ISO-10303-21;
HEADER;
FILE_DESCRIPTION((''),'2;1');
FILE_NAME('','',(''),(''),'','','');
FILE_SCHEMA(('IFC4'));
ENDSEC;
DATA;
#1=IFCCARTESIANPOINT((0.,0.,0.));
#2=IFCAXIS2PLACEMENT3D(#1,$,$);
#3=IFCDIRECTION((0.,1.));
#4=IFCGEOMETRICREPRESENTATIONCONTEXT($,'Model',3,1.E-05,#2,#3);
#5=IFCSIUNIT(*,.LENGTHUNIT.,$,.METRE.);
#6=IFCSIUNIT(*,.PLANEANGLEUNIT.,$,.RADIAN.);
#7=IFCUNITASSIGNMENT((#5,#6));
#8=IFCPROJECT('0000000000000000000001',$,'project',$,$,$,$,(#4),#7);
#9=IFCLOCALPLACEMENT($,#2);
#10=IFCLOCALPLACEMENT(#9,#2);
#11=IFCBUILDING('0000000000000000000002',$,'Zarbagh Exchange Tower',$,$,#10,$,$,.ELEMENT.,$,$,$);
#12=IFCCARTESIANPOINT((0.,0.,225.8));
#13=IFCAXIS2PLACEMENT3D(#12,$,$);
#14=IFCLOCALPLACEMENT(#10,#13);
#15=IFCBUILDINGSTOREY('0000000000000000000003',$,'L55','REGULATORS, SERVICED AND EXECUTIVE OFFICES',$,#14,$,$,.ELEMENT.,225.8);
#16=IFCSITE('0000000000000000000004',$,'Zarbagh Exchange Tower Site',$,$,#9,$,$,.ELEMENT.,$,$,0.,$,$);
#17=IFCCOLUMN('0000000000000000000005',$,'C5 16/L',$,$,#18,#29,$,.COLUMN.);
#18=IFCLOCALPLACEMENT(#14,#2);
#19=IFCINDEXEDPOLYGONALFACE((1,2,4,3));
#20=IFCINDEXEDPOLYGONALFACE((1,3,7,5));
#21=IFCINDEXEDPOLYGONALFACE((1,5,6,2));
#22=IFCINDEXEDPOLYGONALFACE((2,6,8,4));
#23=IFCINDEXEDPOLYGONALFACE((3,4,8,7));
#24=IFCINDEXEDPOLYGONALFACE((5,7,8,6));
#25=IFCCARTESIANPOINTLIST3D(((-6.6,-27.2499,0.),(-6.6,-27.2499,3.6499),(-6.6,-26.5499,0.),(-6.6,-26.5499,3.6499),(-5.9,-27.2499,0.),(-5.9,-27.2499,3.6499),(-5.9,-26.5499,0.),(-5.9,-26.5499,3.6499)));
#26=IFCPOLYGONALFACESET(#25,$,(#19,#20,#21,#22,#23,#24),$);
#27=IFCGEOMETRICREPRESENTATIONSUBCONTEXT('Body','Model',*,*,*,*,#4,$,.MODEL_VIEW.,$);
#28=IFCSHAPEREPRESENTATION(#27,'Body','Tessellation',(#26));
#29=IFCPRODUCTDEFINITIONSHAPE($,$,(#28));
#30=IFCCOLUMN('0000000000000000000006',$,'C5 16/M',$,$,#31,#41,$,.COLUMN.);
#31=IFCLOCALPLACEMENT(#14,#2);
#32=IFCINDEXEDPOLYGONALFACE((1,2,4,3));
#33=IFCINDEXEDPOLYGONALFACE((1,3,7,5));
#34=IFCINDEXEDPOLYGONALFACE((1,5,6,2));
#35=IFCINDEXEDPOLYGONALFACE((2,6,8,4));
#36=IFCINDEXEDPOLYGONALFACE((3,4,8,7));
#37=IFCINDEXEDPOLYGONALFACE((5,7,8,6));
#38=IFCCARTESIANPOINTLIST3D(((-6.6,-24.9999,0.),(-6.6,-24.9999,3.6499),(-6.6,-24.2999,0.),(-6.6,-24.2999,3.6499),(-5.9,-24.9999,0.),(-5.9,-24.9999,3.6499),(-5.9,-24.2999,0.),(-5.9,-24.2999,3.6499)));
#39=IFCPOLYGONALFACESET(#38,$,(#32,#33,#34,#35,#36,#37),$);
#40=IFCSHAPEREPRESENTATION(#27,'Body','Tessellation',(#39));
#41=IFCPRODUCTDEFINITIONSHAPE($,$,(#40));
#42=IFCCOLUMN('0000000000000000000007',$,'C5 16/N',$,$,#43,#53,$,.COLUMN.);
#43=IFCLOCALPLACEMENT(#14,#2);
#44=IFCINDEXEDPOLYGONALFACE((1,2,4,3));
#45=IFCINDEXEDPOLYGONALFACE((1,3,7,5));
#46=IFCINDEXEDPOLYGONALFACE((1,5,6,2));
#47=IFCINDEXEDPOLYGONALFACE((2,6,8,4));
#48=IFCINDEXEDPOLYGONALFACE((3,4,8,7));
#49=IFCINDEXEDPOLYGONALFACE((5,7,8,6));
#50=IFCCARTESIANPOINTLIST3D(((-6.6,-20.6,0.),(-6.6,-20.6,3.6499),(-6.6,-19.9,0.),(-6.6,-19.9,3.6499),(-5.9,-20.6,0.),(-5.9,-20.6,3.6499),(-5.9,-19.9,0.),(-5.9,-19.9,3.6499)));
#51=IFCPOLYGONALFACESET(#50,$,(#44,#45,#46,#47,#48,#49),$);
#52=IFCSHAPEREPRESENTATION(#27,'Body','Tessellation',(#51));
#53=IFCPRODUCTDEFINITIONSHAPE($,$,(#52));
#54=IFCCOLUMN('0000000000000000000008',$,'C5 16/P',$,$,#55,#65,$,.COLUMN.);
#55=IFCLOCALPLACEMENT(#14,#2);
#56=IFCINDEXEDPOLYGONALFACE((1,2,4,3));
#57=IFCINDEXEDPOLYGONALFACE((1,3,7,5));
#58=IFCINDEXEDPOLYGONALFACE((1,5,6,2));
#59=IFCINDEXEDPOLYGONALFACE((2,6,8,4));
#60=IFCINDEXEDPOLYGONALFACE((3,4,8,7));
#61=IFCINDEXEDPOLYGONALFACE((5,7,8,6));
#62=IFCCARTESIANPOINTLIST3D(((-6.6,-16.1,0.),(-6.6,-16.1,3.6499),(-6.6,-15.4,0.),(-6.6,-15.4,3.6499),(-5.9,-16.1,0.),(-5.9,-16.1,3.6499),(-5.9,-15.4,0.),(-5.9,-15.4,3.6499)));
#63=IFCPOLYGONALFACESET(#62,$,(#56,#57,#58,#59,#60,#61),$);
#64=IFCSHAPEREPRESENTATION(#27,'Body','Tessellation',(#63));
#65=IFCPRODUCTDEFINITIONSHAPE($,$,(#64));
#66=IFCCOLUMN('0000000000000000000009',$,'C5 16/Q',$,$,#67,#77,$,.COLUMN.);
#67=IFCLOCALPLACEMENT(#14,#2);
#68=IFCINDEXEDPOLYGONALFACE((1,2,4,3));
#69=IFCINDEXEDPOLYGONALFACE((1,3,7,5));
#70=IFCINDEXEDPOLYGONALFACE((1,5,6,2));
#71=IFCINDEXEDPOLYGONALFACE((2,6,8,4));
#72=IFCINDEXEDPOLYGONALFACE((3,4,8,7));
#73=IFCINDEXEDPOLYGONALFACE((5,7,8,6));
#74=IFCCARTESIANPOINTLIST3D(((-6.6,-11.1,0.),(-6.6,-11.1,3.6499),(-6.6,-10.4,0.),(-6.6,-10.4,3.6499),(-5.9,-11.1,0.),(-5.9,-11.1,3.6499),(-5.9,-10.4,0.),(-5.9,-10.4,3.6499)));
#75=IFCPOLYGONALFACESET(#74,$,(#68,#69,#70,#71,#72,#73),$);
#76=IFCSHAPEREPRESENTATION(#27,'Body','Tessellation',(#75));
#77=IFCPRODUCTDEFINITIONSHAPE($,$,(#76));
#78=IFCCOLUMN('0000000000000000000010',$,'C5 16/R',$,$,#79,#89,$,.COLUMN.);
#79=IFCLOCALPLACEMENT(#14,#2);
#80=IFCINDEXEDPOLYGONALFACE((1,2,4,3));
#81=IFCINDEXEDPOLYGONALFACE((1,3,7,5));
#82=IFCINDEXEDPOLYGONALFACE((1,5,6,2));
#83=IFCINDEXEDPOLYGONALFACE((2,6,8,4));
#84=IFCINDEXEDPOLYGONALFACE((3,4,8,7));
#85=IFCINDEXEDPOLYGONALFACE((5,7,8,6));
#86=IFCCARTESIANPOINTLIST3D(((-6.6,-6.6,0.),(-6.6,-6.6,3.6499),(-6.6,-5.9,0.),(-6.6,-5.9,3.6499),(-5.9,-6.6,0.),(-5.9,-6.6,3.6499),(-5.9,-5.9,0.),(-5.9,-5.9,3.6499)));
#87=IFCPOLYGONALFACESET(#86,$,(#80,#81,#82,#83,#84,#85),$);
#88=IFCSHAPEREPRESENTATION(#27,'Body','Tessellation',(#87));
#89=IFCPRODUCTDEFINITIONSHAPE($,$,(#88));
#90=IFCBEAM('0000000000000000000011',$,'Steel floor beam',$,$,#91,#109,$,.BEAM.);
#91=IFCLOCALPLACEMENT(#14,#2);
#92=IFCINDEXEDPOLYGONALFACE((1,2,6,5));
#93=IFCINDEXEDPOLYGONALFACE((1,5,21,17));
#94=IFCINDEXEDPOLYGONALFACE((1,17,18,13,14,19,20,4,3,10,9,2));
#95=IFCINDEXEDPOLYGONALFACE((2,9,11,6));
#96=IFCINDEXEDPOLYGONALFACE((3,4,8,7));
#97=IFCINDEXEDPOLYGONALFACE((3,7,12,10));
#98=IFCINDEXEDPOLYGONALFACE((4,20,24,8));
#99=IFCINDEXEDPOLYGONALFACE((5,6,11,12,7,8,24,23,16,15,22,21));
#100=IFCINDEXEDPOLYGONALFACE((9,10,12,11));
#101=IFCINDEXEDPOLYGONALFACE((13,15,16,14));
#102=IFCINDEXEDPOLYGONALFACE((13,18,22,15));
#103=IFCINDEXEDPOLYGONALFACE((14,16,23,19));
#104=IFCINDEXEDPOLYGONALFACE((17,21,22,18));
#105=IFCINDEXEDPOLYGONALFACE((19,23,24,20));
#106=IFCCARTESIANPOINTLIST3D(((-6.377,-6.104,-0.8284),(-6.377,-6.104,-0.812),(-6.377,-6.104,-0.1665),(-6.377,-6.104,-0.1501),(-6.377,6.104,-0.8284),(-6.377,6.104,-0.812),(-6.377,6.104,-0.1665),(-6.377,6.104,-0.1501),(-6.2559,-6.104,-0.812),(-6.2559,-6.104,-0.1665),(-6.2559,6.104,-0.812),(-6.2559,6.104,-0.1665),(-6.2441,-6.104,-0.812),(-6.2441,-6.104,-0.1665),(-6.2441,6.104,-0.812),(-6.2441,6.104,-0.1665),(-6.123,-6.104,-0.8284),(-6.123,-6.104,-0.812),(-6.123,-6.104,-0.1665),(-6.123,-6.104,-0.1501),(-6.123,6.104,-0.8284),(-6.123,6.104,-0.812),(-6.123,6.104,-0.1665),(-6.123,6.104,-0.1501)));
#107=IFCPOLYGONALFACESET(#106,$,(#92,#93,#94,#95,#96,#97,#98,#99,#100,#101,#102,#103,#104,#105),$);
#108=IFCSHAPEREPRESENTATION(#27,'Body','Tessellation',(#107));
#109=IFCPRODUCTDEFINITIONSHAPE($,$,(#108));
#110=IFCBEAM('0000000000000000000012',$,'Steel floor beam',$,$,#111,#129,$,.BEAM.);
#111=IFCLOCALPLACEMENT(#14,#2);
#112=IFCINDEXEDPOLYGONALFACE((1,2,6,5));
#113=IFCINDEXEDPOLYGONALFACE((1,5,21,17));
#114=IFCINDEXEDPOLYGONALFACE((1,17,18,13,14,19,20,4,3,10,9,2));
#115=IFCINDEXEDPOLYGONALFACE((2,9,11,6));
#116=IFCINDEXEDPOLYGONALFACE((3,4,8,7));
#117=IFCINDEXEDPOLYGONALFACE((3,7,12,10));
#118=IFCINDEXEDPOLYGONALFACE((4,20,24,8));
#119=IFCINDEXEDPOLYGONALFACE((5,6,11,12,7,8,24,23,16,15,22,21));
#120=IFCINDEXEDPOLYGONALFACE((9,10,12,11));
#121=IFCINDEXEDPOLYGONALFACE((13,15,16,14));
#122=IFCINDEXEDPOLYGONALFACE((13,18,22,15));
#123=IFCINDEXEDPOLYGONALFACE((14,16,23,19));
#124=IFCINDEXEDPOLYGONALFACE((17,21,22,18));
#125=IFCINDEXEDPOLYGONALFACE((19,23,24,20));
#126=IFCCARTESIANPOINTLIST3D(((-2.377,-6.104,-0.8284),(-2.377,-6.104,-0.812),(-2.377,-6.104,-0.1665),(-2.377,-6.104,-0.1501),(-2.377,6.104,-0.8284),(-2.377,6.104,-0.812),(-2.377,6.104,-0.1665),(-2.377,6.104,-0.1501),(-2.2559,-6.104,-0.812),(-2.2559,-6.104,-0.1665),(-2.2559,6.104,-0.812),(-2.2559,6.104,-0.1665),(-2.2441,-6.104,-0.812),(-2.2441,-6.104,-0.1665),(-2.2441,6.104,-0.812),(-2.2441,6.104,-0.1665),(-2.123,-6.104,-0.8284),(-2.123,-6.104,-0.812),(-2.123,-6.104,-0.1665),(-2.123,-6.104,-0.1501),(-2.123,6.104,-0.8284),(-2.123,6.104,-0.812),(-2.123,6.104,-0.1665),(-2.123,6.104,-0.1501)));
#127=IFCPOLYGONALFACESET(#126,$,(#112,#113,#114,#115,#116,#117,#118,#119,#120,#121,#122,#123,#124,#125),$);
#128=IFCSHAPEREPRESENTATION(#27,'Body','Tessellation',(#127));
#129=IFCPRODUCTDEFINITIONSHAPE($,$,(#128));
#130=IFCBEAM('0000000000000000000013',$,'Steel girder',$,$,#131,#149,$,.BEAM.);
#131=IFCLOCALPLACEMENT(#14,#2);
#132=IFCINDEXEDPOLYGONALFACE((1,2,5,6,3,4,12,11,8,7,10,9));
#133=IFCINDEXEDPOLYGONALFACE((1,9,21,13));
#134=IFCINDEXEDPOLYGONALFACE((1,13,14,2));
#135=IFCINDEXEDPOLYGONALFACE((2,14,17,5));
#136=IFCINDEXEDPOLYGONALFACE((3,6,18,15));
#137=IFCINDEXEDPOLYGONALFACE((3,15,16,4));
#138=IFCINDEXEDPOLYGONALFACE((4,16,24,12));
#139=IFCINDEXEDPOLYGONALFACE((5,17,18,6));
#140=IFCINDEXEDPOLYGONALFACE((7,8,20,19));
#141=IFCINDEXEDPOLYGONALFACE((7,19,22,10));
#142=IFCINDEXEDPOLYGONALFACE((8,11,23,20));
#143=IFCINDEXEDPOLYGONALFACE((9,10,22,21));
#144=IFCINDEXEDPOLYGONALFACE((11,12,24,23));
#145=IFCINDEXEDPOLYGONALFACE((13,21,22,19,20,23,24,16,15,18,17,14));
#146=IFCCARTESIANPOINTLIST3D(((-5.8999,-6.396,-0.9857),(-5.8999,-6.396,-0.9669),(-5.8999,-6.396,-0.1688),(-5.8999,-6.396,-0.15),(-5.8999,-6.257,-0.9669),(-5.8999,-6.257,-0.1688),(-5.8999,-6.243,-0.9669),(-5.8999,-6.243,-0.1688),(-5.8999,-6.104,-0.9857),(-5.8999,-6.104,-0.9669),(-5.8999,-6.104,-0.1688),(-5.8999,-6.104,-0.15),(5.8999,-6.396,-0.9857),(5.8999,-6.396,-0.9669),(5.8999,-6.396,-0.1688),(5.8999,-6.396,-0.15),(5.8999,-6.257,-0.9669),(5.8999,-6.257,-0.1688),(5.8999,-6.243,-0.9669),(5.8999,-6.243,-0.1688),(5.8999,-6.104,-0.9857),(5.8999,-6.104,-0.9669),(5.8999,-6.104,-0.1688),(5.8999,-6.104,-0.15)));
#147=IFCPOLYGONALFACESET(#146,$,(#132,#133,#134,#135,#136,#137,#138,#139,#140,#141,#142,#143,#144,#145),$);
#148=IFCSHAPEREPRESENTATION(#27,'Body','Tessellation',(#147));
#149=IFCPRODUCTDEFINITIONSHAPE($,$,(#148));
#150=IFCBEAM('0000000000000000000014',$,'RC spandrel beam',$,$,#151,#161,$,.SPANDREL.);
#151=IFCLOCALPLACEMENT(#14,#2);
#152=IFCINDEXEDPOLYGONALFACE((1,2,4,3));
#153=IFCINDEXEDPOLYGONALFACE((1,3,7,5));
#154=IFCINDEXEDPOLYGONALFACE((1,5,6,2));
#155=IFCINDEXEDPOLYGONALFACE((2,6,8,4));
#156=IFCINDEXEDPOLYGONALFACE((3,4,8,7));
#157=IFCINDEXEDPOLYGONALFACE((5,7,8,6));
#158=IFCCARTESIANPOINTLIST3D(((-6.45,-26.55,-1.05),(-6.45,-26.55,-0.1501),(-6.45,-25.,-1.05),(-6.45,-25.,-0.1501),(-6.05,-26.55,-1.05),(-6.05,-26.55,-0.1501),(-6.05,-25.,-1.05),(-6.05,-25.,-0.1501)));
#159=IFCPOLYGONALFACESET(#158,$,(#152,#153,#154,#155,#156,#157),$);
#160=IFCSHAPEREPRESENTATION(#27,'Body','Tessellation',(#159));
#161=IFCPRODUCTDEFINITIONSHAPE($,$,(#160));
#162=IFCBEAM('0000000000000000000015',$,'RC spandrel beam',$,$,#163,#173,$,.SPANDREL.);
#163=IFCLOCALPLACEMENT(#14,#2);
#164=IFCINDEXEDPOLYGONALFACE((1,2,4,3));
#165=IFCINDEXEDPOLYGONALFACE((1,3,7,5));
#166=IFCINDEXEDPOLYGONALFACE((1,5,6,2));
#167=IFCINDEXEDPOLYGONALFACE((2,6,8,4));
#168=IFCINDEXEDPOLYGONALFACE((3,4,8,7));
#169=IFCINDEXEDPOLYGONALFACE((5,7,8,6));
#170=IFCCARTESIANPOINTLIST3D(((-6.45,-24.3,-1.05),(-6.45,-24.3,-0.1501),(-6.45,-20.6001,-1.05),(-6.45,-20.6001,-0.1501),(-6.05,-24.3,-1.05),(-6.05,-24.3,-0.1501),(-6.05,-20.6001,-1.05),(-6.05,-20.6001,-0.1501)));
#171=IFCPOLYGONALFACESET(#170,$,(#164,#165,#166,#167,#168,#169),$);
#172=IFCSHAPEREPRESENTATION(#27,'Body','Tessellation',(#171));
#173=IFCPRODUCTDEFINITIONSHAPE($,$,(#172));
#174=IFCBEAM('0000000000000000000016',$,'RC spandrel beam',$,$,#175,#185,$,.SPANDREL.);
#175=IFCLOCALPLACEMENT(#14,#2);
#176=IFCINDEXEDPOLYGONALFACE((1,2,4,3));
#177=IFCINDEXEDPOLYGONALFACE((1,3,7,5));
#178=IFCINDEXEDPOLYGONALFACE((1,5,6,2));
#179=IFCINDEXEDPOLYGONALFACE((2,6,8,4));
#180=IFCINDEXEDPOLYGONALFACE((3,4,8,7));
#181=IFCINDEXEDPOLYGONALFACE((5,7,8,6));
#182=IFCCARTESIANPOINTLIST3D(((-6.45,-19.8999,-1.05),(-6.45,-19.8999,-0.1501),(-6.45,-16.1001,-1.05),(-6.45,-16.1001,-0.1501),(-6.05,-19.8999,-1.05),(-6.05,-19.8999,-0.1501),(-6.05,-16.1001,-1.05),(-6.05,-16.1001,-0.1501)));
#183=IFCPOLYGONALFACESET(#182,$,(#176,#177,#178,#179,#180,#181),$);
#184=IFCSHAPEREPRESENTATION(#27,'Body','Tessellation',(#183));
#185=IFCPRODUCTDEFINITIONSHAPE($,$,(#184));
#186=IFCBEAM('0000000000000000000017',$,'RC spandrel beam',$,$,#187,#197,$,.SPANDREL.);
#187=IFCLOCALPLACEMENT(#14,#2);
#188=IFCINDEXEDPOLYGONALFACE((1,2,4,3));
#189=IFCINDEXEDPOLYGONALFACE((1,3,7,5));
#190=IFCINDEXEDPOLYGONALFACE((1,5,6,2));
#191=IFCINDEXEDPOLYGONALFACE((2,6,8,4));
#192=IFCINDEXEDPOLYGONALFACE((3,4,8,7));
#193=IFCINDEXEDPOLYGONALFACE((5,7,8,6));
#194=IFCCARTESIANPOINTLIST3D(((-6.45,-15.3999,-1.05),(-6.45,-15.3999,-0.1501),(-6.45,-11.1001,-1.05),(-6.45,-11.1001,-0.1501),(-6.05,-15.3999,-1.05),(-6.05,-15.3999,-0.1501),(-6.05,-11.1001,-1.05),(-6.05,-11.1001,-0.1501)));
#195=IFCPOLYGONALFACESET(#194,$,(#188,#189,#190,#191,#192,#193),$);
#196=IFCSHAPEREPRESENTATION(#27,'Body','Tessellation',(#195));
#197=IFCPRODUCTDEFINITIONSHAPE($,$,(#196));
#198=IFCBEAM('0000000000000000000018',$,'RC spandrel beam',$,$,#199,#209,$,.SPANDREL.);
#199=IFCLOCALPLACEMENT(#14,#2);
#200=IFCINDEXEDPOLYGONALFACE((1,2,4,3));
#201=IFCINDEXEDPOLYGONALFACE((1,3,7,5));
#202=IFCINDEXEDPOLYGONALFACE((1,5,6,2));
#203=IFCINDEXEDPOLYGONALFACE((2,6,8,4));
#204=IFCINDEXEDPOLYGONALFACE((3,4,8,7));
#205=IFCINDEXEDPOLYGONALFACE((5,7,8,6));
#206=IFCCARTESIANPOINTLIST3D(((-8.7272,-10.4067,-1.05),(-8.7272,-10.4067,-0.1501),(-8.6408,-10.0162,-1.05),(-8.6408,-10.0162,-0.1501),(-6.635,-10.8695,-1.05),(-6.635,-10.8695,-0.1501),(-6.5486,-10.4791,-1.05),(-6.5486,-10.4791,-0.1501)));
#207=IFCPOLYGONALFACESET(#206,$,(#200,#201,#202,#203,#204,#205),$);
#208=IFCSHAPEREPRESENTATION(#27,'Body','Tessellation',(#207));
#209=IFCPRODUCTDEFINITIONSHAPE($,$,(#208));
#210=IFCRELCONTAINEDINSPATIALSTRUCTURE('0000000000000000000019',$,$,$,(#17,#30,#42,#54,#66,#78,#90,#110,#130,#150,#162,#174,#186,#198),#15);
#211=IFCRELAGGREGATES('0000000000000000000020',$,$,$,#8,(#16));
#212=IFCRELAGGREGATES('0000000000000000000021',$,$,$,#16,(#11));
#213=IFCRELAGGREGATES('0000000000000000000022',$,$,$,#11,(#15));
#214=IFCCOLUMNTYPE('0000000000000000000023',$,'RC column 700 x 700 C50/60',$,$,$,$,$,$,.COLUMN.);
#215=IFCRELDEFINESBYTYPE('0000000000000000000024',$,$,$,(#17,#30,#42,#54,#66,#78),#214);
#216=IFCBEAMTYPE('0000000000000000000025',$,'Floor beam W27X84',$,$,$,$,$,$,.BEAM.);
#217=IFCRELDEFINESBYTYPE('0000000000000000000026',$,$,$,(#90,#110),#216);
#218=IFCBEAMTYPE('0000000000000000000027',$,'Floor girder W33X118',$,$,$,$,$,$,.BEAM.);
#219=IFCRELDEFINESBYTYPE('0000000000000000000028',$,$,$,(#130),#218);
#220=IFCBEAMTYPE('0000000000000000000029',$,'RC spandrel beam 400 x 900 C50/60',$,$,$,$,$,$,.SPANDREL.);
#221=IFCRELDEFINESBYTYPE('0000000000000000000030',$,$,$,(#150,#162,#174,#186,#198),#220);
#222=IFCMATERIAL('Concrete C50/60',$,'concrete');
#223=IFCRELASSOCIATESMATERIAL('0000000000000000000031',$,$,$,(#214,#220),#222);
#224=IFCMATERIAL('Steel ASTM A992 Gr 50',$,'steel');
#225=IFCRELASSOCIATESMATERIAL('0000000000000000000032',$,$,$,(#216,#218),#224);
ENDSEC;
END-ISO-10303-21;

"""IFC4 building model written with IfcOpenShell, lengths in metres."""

from ifc_helpers import new_model, si_unit, direction, frame, origin, origin_2d, place, context, subcontext, project, spatial, rectangle, i_section, extrude, material, material_profile, profile_set, type_object, element, save


model = new_model("IFC4")

# Units and contexts
model_context = context("Model", 3, precision=1e-05, world=origin(), true_north=direction((0.0, 1.0)))
body_context = subcontext(model_context, "Body", "Model", "MODEL_VIEW")
ifc_project = project(units=[si_unit("LENGTHUNIT", "METRE"), si_unit("PLANEANGLEUNIT", "RADIAN")], contexts=[model_context])

# Site, building, storey
site_placement = place(None, origin())
site = spatial("IfcSite", under=ifc_project, at=site_placement, Name="Zarbagh Exchange Tower Site", CompositionType="ELEMENT", RefElevation=0.0)
building_placement = place(site_placement, origin())
building = spatial("IfcBuilding", under=site, at=building_placement, Name="Zarbagh Exchange Tower", CompositionType="ELEMENT")
storey_placement = place(building_placement, frame((0.0, 0.0, 225.8)))
storey = spatial("IfcBuildingStorey", under=building, at=storey_placement, Name="L55", Description="REGULATORS, SERVICED AND EXECUTIVE OFFICES", CompositionType="ELEMENT", Elevation=225.8)

# Columns
ifc_material_1 = material(Name="Concrete C50/60", Category="concrete")
ifc_material_profile_1 = material_profile(ifc_material_1, rectangle(XDim=0.7, YDim=0.7, at=origin_2d()), Name="RC column 700 x 700 C50/60")
ifc_profile_set_1 = profile_set([ifc_material_profile_1], Name="Concrete C50/60")
column_type = type_object("IfcColumnType", Name="RC column 700 x 700 C50/60", PredefinedType="COLUMN", material=ifc_profile_set_1)
for number, where, z_axis, x_axis, name in (
    (1, (-6.25, -26.8999, 0.0), (0.0, 0.0, 1.0), (1.0, 0.0, 0.0), "C5 16/L"),
    (2, (-6.25, -24.6499, 0.0), (0.0, 0.0, 1.0), (1.0, 0.0, 0.0), "C5 16/M"),
    (3, (-6.25, -20.25, 0.0), (0.0, 0.0, 1.0), (1.0, 0.0, 0.0), "C5 16/N"),
    (4, (-6.25, -15.75, 0.0), (0.0, 0.0, 1.0), (1.0, 0.0, 0.0), "C5 16/P"),
    (5, (-6.25, -10.75, 0.0), (0.0, 0.0, 1.0), (1.0, 0.0, 0.0), "C5 16/Q"),
    (6, (-6.25, -6.25, 0.0), (0.0, 0.0, 1.0), (1.0, 0.0, 0.0), "C5 16/R"),
):
    element("IfcColumn", number, at=place(storey_placement, frame(where, z_axis=z_axis, x_axis=x_axis)), inside=storey, type_object=column_type, Name=name, PredefinedType="COLUMN", context=body_context, shape_type="SweptSolid", body=[
        extrude(rectangle(XDim=0.7, YDim=0.7, at=origin_2d()), origin(), (0.0, 0.0, 1.0), 3.6499),
    ])

# Beams
ifc_material_2 = material(Name="Steel ASTM A992 Gr 50", Category="steel")
ifc_material_profile_2 = material_profile(ifc_material_2, i_section(OverallWidth=0.2539, OverallDepth=0.6782, WebThickness=0.0117, FlangeThickness=0.0164, at=origin_2d()), Name="W27X84")
ifc_profile_set_2 = profile_set([ifc_material_profile_2], Name="Steel ASTM A992 Gr 50")
beam_type_1 = type_object("IfcBeamType", Name="Floor beam W27X84", PredefinedType="BEAM", material=ifc_profile_set_2)
for number, where, z_axis, x_axis, name in (
    (7, (-6.25, -6.104, -0.4893), (0.0, 1.0, 0.0), (-1.0, 0.0, 0.0), "Steel floor beam"),
    (8, (-2.25, -6.104, -0.4893), (0.0, 1.0, 0.0), (-1.0, 0.0, 0.0), "Steel floor beam"),
):
    element("IfcBeam", number, at=place(storey_placement, frame(where, z_axis=z_axis, x_axis=x_axis)), inside=storey, type_object=beam_type_1, Name=name, PredefinedType="BEAM", context=body_context, shape_type="SweptSolid", body=[
        extrude(i_section(OverallWidth=0.2539, OverallDepth=0.6782, WebThickness=0.0117, FlangeThickness=0.0164, at=origin_2d()), origin(), (0.0, 0.0, 1.0), 12.208),
    ])
ifc_material_profile_3 = material_profile(ifc_material_2, i_section(OverallWidth=0.292, OverallDepth=0.8357, WebThickness=0.0139, FlangeThickness=0.0188, at=origin_2d()), Name="W33X118")
ifc_profile_set_3 = profile_set([ifc_material_profile_3], Name="Steel ASTM A992 Gr 50")
beam_type_2 = type_object("IfcBeamType", Name="Floor girder W33X118", PredefinedType="BEAM", material=ifc_profile_set_3)
beam_1_placement = place(storey_placement, frame((-5.8999, -6.25, -0.5679), z_axis=(1.0, 0.0, 0.0), x_axis=(0.0, 1.0, 0.0)))
element("IfcBeam", 9, at=beam_1_placement, inside=storey, type_object=beam_type_2, Name="Steel girder", PredefinedType="BEAM", context=body_context, shape_type="SweptSolid", body=[
    extrude(i_section(OverallWidth=0.292, OverallDepth=0.8357, WebThickness=0.0139, FlangeThickness=0.0188, at=origin_2d()), origin(), (0.0, 0.0, 1.0), 11.7998),
])
ifc_material_profile_4 = material_profile(ifc_material_1, rectangle(XDim=0.3999, YDim=0.8999, at=origin_2d()), Name="RC spandrel beam 400 x 900 C50/60")
ifc_profile_set_4 = profile_set([ifc_material_profile_4], Name="Concrete C50/60")
beam_type_3 = type_object("IfcBeamType", Name="RC spandrel beam 400 x 900 C50/60", PredefinedType="SPANDREL", material=ifc_profile_set_4)
beam_2_placement = place(storey_placement, frame((-6.25, -26.55, -0.6001), z_axis=(0.0, 1.0, 0.0), x_axis=(-1.0, 0.0, 0.0)))
element("IfcBeam", 10, at=beam_2_placement, inside=storey, type_object=beam_type_3, Name="RC spandrel beam", PredefinedType="SPANDREL", context=body_context, shape_type="SweptSolid", body=[
    extrude(rectangle(XDim=0.3999, YDim=0.8999, at=origin_2d()), origin(), (0.0, 0.0, 1.0), 1.55),
])
beam_3_placement = place(storey_placement, frame((-6.25, -24.3, -0.6001), z_axis=(0.0, 1.0, 0.0), x_axis=(-1.0, 0.0, 0.0)))
element("IfcBeam", 11, at=beam_3_placement, inside=storey, type_object=beam_type_3, Name="RC spandrel beam", PredefinedType="SPANDREL", context=body_context, shape_type="SweptSolid", body=[
    extrude(rectangle(XDim=0.3999, YDim=0.8999, at=origin_2d()), origin(), (0.0, 0.0, 1.0), 3.7),
])
beam_4_placement = place(storey_placement, frame((-6.25, -19.8999, -0.6001), z_axis=(0.0, 1.0, 0.0), x_axis=(-1.0, 0.0, 0.0)))
element("IfcBeam", 12, at=beam_4_placement, inside=storey, type_object=beam_type_3, Name="RC spandrel beam", PredefinedType="SPANDREL", context=body_context, shape_type="SweptSolid", body=[
    extrude(rectangle(XDim=0.3999, YDim=0.8999, at=origin_2d()), origin(), (0.0, 0.0, 1.0), 3.7998),
])
beam_5_placement = place(storey_placement, frame((-6.25, -15.3999, -0.6001), z_axis=(0.0, 1.0, 0.0), x_axis=(-1.0, 0.0, 0.0)))
element("IfcBeam", 13, at=beam_5_placement, inside=storey, type_object=beam_type_3, Name="RC spandrel beam", PredefinedType="SPANDREL", context=body_context, shape_type="SweptSolid", body=[
    extrude(rectangle(XDim=0.3999, YDim=0.8999, at=origin_2d()), origin(), (0.0, 0.0, 1.0), 4.2998),
])
beam_6_placement = place(storey_placement, frame((-6.5918, -10.6743, -0.6001), z_axis=(-0.97639, 0.216014, 0.0), x_axis=(-0.216014, -0.97639, 0.0)))
element("IfcBeam", 14, at=beam_6_placement, inside=storey, type_object=beam_type_3, Name="RC spandrel beam", PredefinedType="SPANDREL", context=body_context, shape_type="SweptSolid", body=[
    extrude(rectangle(XDim=0.3999, YDim=0.8999, at=origin_2d()), origin(), (0.0, 0.0, 1.0), 2.1428),
])

save(model, "model.ifc")
